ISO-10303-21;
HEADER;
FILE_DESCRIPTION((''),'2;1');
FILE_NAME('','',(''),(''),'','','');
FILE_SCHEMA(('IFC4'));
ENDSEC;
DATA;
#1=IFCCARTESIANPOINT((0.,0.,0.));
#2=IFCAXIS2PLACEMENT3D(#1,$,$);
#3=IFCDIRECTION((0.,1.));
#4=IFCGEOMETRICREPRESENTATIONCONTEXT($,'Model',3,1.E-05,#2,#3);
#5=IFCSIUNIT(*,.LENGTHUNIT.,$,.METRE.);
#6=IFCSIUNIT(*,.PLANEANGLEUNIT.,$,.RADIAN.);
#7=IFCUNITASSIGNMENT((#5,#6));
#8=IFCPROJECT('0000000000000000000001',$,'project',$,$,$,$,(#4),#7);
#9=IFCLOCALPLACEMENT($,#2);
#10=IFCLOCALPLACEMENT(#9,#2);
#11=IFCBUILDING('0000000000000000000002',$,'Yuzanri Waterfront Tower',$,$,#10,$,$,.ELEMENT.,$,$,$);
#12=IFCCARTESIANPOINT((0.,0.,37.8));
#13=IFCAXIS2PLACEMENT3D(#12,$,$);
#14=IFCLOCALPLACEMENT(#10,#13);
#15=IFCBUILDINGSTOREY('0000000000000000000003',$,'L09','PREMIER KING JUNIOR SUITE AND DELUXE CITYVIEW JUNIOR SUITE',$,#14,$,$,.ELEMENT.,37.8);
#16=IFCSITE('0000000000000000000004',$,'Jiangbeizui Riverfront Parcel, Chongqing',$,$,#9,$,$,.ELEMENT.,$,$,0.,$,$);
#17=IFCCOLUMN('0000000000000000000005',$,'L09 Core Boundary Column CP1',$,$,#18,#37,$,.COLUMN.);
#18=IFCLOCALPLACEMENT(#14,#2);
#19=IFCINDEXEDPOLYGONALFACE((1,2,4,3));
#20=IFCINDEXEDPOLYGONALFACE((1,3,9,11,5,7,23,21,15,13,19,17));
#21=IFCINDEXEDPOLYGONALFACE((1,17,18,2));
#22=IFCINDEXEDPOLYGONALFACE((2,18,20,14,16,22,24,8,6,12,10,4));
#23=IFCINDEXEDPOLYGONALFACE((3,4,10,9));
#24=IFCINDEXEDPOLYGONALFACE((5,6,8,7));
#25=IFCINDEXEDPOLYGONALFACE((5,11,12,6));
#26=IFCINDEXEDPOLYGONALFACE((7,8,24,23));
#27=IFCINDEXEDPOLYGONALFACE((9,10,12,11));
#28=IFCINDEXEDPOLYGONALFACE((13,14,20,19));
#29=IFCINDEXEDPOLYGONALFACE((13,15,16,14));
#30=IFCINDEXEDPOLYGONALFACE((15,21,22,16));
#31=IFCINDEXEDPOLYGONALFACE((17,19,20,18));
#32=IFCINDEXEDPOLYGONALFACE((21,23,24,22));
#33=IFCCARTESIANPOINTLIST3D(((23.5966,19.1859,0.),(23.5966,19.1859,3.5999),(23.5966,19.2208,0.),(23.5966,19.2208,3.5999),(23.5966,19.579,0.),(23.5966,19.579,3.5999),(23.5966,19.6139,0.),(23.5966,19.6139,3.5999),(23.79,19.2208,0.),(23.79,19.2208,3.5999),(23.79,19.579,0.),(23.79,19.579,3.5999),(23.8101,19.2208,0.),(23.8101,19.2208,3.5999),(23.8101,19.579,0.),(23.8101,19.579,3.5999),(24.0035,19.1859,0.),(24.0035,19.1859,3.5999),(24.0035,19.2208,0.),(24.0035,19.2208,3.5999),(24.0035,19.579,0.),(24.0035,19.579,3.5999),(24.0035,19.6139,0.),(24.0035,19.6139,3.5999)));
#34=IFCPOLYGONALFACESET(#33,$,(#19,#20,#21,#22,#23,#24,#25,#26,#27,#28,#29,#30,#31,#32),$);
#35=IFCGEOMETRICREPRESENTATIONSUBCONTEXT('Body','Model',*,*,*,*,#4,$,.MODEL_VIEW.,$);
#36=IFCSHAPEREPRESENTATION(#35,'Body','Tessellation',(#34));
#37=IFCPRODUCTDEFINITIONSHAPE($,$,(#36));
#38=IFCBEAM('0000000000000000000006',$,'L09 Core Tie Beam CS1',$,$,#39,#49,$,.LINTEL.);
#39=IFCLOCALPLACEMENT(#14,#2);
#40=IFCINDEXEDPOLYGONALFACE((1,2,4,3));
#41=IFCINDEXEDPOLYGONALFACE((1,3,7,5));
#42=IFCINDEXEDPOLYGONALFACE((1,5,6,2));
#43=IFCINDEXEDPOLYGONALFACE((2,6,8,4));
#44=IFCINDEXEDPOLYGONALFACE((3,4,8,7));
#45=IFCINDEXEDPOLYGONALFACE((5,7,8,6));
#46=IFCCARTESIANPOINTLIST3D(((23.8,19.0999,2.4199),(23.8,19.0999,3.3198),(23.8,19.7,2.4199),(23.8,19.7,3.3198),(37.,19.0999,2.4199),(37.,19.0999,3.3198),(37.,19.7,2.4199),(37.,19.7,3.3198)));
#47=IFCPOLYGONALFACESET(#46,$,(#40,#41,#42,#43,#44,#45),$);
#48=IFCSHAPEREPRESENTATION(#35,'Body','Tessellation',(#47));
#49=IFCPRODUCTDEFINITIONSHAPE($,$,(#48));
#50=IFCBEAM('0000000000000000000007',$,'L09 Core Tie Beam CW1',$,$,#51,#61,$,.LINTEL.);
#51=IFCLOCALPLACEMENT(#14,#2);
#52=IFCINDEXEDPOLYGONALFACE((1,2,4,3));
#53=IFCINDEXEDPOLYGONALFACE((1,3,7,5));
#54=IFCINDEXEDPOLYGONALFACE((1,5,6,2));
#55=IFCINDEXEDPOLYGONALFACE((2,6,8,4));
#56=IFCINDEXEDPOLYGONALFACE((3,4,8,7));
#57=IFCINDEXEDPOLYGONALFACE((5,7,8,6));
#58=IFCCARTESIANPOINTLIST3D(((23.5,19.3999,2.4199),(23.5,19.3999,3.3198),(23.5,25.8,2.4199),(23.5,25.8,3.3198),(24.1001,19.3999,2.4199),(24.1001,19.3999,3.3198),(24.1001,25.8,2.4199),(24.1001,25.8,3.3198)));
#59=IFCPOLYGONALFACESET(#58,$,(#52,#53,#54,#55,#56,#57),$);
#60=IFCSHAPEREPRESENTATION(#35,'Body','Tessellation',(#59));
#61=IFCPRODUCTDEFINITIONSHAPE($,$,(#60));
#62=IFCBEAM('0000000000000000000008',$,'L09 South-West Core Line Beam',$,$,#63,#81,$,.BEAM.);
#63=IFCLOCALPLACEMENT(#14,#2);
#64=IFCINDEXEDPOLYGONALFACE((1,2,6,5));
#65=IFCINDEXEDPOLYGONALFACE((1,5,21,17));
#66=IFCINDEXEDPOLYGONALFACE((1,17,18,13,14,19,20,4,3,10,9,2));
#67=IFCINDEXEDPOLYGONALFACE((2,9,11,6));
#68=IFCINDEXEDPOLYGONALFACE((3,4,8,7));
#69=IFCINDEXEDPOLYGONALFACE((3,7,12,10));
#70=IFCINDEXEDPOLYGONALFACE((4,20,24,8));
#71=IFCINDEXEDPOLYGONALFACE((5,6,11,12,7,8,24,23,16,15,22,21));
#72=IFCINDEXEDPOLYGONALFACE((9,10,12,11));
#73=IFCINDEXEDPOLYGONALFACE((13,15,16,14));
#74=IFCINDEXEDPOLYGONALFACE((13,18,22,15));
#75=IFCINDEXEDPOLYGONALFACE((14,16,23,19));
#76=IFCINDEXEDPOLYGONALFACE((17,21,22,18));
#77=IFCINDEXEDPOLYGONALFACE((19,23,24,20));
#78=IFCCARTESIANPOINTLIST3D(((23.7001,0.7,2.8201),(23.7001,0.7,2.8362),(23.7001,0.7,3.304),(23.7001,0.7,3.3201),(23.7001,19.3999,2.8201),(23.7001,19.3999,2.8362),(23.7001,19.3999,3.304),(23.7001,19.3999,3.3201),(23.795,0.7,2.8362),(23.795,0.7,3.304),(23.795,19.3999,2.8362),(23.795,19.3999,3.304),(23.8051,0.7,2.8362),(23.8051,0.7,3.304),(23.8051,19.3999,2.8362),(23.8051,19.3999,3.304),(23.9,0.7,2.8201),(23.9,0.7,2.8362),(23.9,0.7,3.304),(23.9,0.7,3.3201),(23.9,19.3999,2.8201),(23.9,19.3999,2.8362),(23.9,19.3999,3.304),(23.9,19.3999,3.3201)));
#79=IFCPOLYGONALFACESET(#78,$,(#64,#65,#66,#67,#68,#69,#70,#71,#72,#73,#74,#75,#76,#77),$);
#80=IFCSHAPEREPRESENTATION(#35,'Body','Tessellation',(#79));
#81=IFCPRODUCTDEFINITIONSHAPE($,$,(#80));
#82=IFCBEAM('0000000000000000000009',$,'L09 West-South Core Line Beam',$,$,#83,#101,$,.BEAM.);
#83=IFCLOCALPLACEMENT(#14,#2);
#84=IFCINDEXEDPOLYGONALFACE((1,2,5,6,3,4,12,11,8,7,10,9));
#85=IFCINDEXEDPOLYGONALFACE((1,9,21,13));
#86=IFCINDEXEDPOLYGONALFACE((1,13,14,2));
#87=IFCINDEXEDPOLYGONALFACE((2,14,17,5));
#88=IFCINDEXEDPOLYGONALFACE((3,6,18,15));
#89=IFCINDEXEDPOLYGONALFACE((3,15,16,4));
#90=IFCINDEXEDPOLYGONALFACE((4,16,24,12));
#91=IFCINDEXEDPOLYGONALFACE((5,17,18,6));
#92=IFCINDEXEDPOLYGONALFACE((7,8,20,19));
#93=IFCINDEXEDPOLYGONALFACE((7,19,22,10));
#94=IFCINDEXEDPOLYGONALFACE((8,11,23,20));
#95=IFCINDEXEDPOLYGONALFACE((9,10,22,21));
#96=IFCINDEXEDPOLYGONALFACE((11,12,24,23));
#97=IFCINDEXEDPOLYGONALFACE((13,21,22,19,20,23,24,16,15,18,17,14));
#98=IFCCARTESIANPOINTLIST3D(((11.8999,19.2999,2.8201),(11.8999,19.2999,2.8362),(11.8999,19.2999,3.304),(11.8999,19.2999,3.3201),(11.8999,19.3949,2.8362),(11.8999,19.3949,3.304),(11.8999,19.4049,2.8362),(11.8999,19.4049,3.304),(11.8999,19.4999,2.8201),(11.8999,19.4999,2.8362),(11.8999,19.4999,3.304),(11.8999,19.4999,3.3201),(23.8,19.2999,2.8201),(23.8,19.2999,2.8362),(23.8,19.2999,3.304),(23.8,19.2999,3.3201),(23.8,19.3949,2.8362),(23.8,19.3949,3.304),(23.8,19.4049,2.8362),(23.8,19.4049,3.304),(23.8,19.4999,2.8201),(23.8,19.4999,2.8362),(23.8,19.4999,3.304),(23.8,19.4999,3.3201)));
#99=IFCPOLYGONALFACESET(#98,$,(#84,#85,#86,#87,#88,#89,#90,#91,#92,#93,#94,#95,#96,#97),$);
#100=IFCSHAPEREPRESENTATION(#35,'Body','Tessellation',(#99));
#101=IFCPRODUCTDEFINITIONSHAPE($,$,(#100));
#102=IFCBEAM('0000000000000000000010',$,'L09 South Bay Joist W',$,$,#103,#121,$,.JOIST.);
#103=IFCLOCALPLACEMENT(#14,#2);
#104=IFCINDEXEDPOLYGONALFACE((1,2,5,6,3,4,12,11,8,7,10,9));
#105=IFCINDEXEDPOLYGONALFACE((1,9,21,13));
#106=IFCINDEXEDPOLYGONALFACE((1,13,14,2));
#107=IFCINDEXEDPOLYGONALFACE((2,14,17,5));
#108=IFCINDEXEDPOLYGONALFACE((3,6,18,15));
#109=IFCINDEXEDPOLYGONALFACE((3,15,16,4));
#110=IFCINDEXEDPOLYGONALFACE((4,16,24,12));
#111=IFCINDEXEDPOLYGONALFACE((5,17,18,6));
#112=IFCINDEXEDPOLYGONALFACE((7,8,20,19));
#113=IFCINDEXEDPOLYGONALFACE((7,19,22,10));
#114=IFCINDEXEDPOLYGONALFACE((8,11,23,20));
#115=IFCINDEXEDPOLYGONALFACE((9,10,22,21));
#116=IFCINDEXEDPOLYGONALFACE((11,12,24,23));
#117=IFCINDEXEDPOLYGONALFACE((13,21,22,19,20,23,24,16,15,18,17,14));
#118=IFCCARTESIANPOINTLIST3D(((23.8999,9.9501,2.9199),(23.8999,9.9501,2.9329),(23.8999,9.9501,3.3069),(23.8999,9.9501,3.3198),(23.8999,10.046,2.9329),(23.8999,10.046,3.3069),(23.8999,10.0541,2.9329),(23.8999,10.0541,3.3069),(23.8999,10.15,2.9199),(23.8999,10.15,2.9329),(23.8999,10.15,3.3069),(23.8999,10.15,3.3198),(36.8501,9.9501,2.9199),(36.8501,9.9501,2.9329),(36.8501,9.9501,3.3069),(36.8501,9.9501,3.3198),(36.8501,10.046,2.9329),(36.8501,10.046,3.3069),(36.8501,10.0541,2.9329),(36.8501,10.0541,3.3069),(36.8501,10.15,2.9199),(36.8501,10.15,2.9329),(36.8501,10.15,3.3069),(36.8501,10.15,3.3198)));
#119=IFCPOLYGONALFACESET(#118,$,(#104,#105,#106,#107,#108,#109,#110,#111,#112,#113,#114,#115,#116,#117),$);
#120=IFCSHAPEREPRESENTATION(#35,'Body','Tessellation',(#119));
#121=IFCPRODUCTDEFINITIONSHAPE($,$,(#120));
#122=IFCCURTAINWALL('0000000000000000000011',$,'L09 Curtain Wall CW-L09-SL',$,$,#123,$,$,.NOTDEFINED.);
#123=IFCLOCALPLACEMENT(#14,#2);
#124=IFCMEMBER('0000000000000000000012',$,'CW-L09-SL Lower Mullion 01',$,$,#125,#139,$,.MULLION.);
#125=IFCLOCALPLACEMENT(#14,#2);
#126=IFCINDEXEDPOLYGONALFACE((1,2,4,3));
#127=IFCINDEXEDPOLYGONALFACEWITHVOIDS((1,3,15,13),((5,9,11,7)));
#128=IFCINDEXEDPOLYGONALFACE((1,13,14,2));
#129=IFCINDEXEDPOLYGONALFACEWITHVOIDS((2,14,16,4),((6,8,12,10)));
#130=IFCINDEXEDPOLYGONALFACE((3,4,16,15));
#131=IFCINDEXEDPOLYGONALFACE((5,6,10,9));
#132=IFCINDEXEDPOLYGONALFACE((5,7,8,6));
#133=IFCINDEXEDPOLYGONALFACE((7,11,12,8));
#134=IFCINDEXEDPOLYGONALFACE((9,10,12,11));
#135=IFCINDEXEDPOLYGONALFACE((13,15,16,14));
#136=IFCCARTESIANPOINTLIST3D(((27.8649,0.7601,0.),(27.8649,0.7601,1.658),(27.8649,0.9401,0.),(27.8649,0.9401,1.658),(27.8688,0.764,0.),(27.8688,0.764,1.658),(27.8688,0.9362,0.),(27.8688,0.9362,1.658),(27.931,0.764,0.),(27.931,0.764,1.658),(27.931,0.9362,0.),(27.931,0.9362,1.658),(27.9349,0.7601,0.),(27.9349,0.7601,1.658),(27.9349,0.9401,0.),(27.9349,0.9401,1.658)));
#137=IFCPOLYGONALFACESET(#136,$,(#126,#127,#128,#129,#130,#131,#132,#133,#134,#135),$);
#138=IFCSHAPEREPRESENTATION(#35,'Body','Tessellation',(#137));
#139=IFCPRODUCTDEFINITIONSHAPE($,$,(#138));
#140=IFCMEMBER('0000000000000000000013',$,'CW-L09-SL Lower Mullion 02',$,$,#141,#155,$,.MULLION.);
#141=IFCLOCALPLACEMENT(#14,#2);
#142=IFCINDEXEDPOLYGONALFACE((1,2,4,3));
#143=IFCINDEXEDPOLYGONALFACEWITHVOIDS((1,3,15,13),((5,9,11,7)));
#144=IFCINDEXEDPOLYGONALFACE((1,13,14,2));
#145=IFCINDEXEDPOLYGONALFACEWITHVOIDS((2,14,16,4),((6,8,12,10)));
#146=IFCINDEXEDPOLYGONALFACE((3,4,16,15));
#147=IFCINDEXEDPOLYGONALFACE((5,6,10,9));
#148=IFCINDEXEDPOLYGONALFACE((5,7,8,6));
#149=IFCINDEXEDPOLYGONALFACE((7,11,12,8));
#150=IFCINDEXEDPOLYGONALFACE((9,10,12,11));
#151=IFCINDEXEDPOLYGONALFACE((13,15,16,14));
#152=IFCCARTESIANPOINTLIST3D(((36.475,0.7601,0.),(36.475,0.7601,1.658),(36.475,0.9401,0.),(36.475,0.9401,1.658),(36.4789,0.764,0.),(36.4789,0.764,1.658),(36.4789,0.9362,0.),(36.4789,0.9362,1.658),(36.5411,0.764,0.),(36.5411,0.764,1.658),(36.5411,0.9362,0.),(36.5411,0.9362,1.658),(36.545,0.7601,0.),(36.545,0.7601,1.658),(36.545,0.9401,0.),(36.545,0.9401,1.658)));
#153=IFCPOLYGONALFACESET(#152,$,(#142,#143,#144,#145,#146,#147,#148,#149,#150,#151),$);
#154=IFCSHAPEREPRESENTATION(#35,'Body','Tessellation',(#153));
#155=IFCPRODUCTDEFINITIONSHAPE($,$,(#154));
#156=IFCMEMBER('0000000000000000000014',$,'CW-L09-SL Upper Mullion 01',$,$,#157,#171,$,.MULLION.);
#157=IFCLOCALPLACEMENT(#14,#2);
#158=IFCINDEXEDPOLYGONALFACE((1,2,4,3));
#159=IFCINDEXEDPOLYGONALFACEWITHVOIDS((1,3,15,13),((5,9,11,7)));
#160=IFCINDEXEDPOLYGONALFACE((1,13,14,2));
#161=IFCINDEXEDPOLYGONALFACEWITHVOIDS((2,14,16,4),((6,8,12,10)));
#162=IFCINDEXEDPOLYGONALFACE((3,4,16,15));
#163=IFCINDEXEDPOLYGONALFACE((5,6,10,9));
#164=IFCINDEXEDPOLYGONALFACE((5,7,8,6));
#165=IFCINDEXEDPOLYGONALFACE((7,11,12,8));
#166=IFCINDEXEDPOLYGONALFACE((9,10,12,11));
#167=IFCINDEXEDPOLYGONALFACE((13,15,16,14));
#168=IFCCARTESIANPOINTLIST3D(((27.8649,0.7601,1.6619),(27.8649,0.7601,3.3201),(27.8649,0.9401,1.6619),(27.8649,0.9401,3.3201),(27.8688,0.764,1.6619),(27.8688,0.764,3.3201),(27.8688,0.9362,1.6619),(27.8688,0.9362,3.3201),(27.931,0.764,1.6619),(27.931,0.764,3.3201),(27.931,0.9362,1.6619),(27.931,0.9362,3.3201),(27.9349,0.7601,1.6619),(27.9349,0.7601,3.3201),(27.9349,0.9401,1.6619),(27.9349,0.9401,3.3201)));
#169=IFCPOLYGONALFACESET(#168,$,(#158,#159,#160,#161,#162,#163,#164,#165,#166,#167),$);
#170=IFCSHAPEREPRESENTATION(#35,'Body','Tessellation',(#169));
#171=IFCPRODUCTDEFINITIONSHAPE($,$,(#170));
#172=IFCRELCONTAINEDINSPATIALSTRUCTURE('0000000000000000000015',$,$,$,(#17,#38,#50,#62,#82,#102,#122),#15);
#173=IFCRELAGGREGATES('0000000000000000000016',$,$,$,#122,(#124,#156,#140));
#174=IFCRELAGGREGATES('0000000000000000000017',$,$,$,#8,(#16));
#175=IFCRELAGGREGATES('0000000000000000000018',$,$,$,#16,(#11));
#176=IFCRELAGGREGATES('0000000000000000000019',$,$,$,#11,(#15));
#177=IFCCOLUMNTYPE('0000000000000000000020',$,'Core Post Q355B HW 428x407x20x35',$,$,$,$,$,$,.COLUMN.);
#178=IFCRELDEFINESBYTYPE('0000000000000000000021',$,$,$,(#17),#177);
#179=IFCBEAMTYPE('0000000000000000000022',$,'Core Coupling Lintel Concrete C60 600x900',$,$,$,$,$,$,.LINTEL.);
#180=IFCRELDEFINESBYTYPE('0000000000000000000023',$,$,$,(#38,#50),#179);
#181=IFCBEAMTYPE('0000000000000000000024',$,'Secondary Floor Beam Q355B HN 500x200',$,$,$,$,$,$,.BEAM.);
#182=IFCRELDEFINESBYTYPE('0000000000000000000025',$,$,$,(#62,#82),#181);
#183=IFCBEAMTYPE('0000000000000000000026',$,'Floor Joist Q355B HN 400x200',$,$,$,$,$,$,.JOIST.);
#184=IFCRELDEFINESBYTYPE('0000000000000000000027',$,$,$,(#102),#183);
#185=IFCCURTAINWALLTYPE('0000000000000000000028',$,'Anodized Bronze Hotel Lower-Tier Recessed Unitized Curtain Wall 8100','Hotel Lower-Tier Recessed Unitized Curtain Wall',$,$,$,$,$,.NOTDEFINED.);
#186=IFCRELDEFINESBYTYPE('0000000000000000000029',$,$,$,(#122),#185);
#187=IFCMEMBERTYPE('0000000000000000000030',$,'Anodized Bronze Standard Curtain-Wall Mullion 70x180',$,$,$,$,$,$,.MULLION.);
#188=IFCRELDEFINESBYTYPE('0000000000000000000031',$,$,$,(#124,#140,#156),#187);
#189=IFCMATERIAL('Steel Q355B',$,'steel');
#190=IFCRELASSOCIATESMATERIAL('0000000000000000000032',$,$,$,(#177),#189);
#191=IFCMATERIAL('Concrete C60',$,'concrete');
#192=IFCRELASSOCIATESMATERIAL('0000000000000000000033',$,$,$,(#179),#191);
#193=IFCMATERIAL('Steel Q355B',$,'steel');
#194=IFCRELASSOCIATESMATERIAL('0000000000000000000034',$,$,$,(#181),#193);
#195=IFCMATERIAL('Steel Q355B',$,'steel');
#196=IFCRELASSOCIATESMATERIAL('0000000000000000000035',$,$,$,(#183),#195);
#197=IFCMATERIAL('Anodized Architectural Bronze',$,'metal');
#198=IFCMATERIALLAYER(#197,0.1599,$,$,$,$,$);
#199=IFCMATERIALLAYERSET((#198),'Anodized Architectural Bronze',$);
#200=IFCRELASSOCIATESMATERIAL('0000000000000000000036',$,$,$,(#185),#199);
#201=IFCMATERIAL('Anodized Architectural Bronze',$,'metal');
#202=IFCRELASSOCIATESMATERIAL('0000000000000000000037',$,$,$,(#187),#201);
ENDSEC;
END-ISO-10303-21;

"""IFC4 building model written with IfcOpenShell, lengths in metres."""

from ifc_helpers import new_model, si_unit, direction, frame, origin, origin_2d, place, context, subcontext, project, spatial, rectangle, hollow_rectangle, i_section, extrude, source, transform, mapped, material, layer, layer_set, material_profile, profile_set, type_object, element, aggregate, save


model = new_model("IFC4")

# Units and contexts
model_context = context("Model", 3, precision=1e-05, world=origin(), true_north=direction((0.0, 1.0)))
body_context = subcontext(model_context, "Body", "Model", "MODEL_VIEW")
ifc_project = project(units=[si_unit("LENGTHUNIT", "METRE"), si_unit("PLANEANGLEUNIT", "RADIAN")], contexts=[model_context])

# Site, building, storey
site_placement = place(None, origin())
site = spatial("IfcSite", under=ifc_project, at=site_placement, Name="Jiangbeizui Riverfront Parcel, Chongqing", CompositionType="ELEMENT", RefElevation=0.0)
building_placement = place(site_placement, origin())
building = spatial("IfcBuilding", under=site, at=building_placement, Name="Yuzanri Waterfront Tower", CompositionType="ELEMENT")
storey_placement = place(building_placement, frame((0.0, 0.0, 37.8)))
storey = spatial("IfcBuildingStorey", under=building, at=storey_placement, Name="L09", Description="PREMIER KING JUNIOR SUITE AND DELUXE CITYVIEW JUNIOR SUITE", CompositionType="ELEMENT", Elevation=37.8)

# Column
ifc_material_1 = material(Name="Steel Q355B", Category="steel")
ifc_material_profile_1 = material_profile(ifc_material_1, i_section(OverallWidth=0.407, OverallDepth=0.428, WebThickness=0.02, FlangeThickness=0.0349, at=origin_2d()), Name="HW 428x407x20x35")
ifc_profile_set_1 = profile_set([ifc_material_profile_1], Name="Steel Q355B")
column_type = type_object("IfcColumnType", Name="Core Post Q355B HW 428x407x20x35", PredefinedType="COLUMN", material=ifc_profile_set_1)
shared_shape_1 = source(origin(), body_context, "Body", "SweptSolid", [
    extrude(i_section(OverallWidth=0.407, OverallDepth=0.428, WebThickness=0.02, FlangeThickness=0.0349, at=origin_2d()), origin(), (0.0, 0.0, 1.0), 3.5999),
])
column_placement = place(storey_placement, frame((23.8, 19.3999, 0.0), z_axis=(0.0, 0.0, 1.0), x_axis=(1.0, 0.0, 0.0)))
element("IfcColumn", 1, at=column_placement, inside=storey, type_object=column_type, Name="L09 Core Boundary Column CP1", PredefinedType="COLUMN", context=body_context, shape_type="MappedRepresentation", body=[
    mapped(shared_shape_1, transform((0.0, 0.0, 0.0), scale=1.0)),
])

# Beams
ifc_material_2 = material(Name="Concrete C60", Category="concrete")
ifc_material_profile_2 = material_profile(ifc_material_2, rectangle(XDim=0.6001, YDim=0.8999, at=origin_2d()), Name="RC 600x900")
ifc_profile_set_2 = profile_set([ifc_material_profile_2], Name="Concrete C60")
beam_type_1 = type_object("IfcBeamType", Name="Core Coupling Lintel Concrete C60 600x900", PredefinedType="LINTEL", material=ifc_profile_set_2)
shared_shape_2 = source(origin(), body_context, "Body", "SweptSolid", [
    extrude(rectangle(XDim=0.6001, YDim=0.8999, at=origin_2d()), origin(), (0.0, 0.0, 1.0), 13.2),
])
beam_1_placement = place(storey_placement, frame((23.8, 19.3999, 2.8699), z_axis=(1.0, 0.0, 0.0), x_axis=(0.0, 1.0, 0.0)))
element("IfcBeam", 2, at=beam_1_placement, inside=storey, type_object=beam_type_1, Name="L09 Core Tie Beam CS1", PredefinedType="LINTEL", context=body_context, shape_type="MappedRepresentation", body=[
    mapped(shared_shape_2, transform((0.0, 0.0, 0.0), scale=1.0)),
])
shared_shape_3 = source(origin(), body_context, "Body", "SweptSolid", [
    extrude(rectangle(XDim=0.6001, YDim=0.8999, at=origin_2d()), origin(), (0.0, 0.0, 1.0), 6.4001),
])
beam_2_placement = place(storey_placement, frame((23.8, 19.3999, 2.8699), z_axis=(0.0, 1.0, 0.0), x_axis=(-1.0, 0.0, 0.0)))
element("IfcBeam", 3, at=beam_2_placement, inside=storey, type_object=beam_type_1, Name="L09 Core Tie Beam CW1", PredefinedType="LINTEL", context=body_context, shape_type="MappedRepresentation", body=[
    mapped(shared_shape_3, transform((0.0, 0.0, 0.0), scale=1.0)),
])
ifc_material_3 = material(Name="Steel Q355B", Category="steel")
ifc_material_profile_3 = material_profile(ifc_material_3, i_section(OverallWidth=0.2, OverallDepth=0.5, WebThickness=0.01, FlangeThickness=0.0161, at=origin_2d()), Name="HN 500x200x10x16")
ifc_profile_set_3 = profile_set([ifc_material_profile_3], Name="Steel Q355B")
beam_type_2 = type_object("IfcBeamType", Name="Secondary Floor Beam Q355B HN 500x200", PredefinedType="BEAM", material=ifc_profile_set_3)
shared_shape_4 = source(origin(), body_context, "Body", "SweptSolid", [
    extrude(i_section(OverallWidth=0.2, OverallDepth=0.5, WebThickness=0.01, FlangeThickness=0.0161, at=origin_2d()), origin(), (0.0, 0.0, 1.0), 18.7),
])
beam_3_placement = place(storey_placement, frame((23.8, 19.3999, 3.0701), z_axis=(0.0, -1.0, 0.0), x_axis=(1.0, 0.0, 0.0)))
element("IfcBeam", 4, at=beam_3_placement, inside=storey, type_object=beam_type_2, Name="L09 South-West Core Line Beam", PredefinedType="BEAM", context=body_context, shape_type="MappedRepresentation", body=[
    mapped(shared_shape_4, transform((0.0, 0.0, 0.0), scale=1.0)),
])
shared_shape_5 = source(origin(), body_context, "Body", "SweptSolid", [
    extrude(i_section(OverallWidth=0.2, OverallDepth=0.5, WebThickness=0.01, FlangeThickness=0.0161, at=origin_2d()), origin(), (0.0, 0.0, 1.0), 11.9001),
])
beam_4_placement = place(storey_placement, frame((23.8, 19.3999, 3.0701), z_axis=(-1.0, 0.0, 0.0), x_axis=(0.0, -1.0, 0.0)))
element("IfcBeam", 5, at=beam_4_placement, inside=storey, type_object=beam_type_2, Name="L09 West-South Core Line Beam", PredefinedType="BEAM", context=body_context, shape_type="MappedRepresentation", body=[
    mapped(shared_shape_5, transform((0.0, 0.0, 0.0), scale=1.0)),
])
ifc_material_4 = material(Name="Steel Q355B", Category="steel")
ifc_material_profile_4 = material_profile(ifc_material_4, i_section(OverallWidth=0.2, OverallDepth=0.3999, WebThickness=0.0081, FlangeThickness=0.0129, at=origin_2d()), Name="HN 400x200x8x13")
ifc_profile_set_4 = profile_set([ifc_material_profile_4], Name="Steel Q355B")
beam_type_3 = type_object("IfcBeamType", Name="Floor Joist Q355B HN 400x200", PredefinedType="JOIST", material=ifc_profile_set_4)
shared_shape_6 = source(origin(), body_context, "Body", "SweptSolid", [
    extrude(i_section(OverallWidth=0.2, OverallDepth=0.3999, WebThickness=0.0081, FlangeThickness=0.0129, at=origin_2d()), origin(), (0.0, 0.0, 1.0), 12.9502),
])
beam_5_placement = place(storey_placement, frame((23.8999, 10.05, 3.1199), z_axis=(1.0, 0.0, 0.0), x_axis=(0.0, 1.0, 0.0)))
element("IfcBeam", 6, at=beam_5_placement, inside=storey, type_object=beam_type_3, Name="L09 South Bay Joist W", PredefinedType="JOIST", context=body_context, shape_type="MappedRepresentation", body=[
    mapped(shared_shape_6, transform((0.0, 0.0, 0.0), scale=1.0)),
])

# Curtain wall, members
ifc_material_5 = material(Name="Anodized Architectural Bronze", Category="metal")
ifc_layer_1 = layer(ifc_material_5, 0.1599)
ifc_layer_set_1 = layer_set([ifc_layer_1], Name="Anodized Architectural Bronze")
curtain_wall_type = type_object("IfcCurtainWallType", Name="Anodized Bronze Hotel Lower-Tier Recessed Unitized Curtain Wall 8100", Description="Hotel Lower-Tier Recessed Unitized Curtain Wall", PredefinedType="NOTDEFINED", material=ifc_layer_set_1)
curtain_wall_placement = place(storey_placement, origin())
curtain_wall = element("IfcCurtainWall", 7, at=curtain_wall_placement, inside=storey, type_object=curtain_wall_type, Name="L09 Curtain Wall CW-L09-SL", PredefinedType="NOTDEFINED")
ifc_material_6 = material(Name="Anodized Architectural Bronze", Category="metal")
ifc_material_profile_5 = material_profile(ifc_material_6, hollow_rectangle(XDim=0.0701, YDim=0.1799, WallThickness=0.0039, at=origin_2d()), Name="CWM 70x180")
ifc_profile_set_5 = profile_set([ifc_material_profile_5], Name="Anodized Architectural Bronze")
member_type = type_object("IfcMemberType", Name="Anodized Bronze Standard Curtain-Wall Mullion 70x180", PredefinedType="MULLION", material=ifc_profile_set_5)
shared_shape_7 = source(origin(), body_context, "Body", "SweptSolid", [
    extrude(hollow_rectangle(XDim=0.0701, YDim=0.1799, WallThickness=0.0039, at=origin_2d()), origin(), (0.0, 0.0, 1.0), 1.658),
])
member_1_placement = place(storey_placement, frame((27.8999, 0.8501, 0.0), z_axis=(0.0, 0.0, 1.0), x_axis=(1.0, 0.0, 0.0)))
member_1 = element("IfcMember", 8, at=member_1_placement, type_object=member_type, Name="CW-L09-SL Lower Mullion 01", PredefinedType="MULLION", context=body_context, shape_type="MappedRepresentation", body=[
    mapped(shared_shape_7, transform((0.0, 0.0, 0.0), scale=1.0)),
])
member_2_placement = place(storey_placement, frame((36.51, 0.8501, 0.0), z_axis=(0.0, 0.0, 1.0), x_axis=(1.0, 0.0, 0.0)))
member_2 = element("IfcMember", 9, at=member_2_placement, type_object=member_type, Name="CW-L09-SL Lower Mullion 02", PredefinedType="MULLION", context=body_context, shape_type="MappedRepresentation", body=[
    mapped(shared_shape_7, transform((0.0, 0.0, 0.0), scale=1.0)),
])
shared_shape_8 = source(origin(), body_context, "Body", "SweptSolid", [
    extrude(hollow_rectangle(XDim=0.0701, YDim=0.1799, WallThickness=0.0039, at=origin_2d()), origin(), (0.0, 0.0, 1.0), 1.6582),
])
member_3_placement = place(storey_placement, frame((27.8999, 0.8501, 1.6619), z_axis=(0.0, 0.0, 1.0), x_axis=(1.0, 0.0, 0.0)))
member_3 = element("IfcMember", 10, at=member_3_placement, type_object=member_type, Name="CW-L09-SL Upper Mullion 01", PredefinedType="MULLION", context=body_context, shape_type="MappedRepresentation", body=[
    mapped(shared_shape_8, transform((0.0, 0.0, 0.0), scale=1.0)),
])
aggregate(curtain_wall, [member_1, member_3, member_2])

save(model, "model.ifc")
